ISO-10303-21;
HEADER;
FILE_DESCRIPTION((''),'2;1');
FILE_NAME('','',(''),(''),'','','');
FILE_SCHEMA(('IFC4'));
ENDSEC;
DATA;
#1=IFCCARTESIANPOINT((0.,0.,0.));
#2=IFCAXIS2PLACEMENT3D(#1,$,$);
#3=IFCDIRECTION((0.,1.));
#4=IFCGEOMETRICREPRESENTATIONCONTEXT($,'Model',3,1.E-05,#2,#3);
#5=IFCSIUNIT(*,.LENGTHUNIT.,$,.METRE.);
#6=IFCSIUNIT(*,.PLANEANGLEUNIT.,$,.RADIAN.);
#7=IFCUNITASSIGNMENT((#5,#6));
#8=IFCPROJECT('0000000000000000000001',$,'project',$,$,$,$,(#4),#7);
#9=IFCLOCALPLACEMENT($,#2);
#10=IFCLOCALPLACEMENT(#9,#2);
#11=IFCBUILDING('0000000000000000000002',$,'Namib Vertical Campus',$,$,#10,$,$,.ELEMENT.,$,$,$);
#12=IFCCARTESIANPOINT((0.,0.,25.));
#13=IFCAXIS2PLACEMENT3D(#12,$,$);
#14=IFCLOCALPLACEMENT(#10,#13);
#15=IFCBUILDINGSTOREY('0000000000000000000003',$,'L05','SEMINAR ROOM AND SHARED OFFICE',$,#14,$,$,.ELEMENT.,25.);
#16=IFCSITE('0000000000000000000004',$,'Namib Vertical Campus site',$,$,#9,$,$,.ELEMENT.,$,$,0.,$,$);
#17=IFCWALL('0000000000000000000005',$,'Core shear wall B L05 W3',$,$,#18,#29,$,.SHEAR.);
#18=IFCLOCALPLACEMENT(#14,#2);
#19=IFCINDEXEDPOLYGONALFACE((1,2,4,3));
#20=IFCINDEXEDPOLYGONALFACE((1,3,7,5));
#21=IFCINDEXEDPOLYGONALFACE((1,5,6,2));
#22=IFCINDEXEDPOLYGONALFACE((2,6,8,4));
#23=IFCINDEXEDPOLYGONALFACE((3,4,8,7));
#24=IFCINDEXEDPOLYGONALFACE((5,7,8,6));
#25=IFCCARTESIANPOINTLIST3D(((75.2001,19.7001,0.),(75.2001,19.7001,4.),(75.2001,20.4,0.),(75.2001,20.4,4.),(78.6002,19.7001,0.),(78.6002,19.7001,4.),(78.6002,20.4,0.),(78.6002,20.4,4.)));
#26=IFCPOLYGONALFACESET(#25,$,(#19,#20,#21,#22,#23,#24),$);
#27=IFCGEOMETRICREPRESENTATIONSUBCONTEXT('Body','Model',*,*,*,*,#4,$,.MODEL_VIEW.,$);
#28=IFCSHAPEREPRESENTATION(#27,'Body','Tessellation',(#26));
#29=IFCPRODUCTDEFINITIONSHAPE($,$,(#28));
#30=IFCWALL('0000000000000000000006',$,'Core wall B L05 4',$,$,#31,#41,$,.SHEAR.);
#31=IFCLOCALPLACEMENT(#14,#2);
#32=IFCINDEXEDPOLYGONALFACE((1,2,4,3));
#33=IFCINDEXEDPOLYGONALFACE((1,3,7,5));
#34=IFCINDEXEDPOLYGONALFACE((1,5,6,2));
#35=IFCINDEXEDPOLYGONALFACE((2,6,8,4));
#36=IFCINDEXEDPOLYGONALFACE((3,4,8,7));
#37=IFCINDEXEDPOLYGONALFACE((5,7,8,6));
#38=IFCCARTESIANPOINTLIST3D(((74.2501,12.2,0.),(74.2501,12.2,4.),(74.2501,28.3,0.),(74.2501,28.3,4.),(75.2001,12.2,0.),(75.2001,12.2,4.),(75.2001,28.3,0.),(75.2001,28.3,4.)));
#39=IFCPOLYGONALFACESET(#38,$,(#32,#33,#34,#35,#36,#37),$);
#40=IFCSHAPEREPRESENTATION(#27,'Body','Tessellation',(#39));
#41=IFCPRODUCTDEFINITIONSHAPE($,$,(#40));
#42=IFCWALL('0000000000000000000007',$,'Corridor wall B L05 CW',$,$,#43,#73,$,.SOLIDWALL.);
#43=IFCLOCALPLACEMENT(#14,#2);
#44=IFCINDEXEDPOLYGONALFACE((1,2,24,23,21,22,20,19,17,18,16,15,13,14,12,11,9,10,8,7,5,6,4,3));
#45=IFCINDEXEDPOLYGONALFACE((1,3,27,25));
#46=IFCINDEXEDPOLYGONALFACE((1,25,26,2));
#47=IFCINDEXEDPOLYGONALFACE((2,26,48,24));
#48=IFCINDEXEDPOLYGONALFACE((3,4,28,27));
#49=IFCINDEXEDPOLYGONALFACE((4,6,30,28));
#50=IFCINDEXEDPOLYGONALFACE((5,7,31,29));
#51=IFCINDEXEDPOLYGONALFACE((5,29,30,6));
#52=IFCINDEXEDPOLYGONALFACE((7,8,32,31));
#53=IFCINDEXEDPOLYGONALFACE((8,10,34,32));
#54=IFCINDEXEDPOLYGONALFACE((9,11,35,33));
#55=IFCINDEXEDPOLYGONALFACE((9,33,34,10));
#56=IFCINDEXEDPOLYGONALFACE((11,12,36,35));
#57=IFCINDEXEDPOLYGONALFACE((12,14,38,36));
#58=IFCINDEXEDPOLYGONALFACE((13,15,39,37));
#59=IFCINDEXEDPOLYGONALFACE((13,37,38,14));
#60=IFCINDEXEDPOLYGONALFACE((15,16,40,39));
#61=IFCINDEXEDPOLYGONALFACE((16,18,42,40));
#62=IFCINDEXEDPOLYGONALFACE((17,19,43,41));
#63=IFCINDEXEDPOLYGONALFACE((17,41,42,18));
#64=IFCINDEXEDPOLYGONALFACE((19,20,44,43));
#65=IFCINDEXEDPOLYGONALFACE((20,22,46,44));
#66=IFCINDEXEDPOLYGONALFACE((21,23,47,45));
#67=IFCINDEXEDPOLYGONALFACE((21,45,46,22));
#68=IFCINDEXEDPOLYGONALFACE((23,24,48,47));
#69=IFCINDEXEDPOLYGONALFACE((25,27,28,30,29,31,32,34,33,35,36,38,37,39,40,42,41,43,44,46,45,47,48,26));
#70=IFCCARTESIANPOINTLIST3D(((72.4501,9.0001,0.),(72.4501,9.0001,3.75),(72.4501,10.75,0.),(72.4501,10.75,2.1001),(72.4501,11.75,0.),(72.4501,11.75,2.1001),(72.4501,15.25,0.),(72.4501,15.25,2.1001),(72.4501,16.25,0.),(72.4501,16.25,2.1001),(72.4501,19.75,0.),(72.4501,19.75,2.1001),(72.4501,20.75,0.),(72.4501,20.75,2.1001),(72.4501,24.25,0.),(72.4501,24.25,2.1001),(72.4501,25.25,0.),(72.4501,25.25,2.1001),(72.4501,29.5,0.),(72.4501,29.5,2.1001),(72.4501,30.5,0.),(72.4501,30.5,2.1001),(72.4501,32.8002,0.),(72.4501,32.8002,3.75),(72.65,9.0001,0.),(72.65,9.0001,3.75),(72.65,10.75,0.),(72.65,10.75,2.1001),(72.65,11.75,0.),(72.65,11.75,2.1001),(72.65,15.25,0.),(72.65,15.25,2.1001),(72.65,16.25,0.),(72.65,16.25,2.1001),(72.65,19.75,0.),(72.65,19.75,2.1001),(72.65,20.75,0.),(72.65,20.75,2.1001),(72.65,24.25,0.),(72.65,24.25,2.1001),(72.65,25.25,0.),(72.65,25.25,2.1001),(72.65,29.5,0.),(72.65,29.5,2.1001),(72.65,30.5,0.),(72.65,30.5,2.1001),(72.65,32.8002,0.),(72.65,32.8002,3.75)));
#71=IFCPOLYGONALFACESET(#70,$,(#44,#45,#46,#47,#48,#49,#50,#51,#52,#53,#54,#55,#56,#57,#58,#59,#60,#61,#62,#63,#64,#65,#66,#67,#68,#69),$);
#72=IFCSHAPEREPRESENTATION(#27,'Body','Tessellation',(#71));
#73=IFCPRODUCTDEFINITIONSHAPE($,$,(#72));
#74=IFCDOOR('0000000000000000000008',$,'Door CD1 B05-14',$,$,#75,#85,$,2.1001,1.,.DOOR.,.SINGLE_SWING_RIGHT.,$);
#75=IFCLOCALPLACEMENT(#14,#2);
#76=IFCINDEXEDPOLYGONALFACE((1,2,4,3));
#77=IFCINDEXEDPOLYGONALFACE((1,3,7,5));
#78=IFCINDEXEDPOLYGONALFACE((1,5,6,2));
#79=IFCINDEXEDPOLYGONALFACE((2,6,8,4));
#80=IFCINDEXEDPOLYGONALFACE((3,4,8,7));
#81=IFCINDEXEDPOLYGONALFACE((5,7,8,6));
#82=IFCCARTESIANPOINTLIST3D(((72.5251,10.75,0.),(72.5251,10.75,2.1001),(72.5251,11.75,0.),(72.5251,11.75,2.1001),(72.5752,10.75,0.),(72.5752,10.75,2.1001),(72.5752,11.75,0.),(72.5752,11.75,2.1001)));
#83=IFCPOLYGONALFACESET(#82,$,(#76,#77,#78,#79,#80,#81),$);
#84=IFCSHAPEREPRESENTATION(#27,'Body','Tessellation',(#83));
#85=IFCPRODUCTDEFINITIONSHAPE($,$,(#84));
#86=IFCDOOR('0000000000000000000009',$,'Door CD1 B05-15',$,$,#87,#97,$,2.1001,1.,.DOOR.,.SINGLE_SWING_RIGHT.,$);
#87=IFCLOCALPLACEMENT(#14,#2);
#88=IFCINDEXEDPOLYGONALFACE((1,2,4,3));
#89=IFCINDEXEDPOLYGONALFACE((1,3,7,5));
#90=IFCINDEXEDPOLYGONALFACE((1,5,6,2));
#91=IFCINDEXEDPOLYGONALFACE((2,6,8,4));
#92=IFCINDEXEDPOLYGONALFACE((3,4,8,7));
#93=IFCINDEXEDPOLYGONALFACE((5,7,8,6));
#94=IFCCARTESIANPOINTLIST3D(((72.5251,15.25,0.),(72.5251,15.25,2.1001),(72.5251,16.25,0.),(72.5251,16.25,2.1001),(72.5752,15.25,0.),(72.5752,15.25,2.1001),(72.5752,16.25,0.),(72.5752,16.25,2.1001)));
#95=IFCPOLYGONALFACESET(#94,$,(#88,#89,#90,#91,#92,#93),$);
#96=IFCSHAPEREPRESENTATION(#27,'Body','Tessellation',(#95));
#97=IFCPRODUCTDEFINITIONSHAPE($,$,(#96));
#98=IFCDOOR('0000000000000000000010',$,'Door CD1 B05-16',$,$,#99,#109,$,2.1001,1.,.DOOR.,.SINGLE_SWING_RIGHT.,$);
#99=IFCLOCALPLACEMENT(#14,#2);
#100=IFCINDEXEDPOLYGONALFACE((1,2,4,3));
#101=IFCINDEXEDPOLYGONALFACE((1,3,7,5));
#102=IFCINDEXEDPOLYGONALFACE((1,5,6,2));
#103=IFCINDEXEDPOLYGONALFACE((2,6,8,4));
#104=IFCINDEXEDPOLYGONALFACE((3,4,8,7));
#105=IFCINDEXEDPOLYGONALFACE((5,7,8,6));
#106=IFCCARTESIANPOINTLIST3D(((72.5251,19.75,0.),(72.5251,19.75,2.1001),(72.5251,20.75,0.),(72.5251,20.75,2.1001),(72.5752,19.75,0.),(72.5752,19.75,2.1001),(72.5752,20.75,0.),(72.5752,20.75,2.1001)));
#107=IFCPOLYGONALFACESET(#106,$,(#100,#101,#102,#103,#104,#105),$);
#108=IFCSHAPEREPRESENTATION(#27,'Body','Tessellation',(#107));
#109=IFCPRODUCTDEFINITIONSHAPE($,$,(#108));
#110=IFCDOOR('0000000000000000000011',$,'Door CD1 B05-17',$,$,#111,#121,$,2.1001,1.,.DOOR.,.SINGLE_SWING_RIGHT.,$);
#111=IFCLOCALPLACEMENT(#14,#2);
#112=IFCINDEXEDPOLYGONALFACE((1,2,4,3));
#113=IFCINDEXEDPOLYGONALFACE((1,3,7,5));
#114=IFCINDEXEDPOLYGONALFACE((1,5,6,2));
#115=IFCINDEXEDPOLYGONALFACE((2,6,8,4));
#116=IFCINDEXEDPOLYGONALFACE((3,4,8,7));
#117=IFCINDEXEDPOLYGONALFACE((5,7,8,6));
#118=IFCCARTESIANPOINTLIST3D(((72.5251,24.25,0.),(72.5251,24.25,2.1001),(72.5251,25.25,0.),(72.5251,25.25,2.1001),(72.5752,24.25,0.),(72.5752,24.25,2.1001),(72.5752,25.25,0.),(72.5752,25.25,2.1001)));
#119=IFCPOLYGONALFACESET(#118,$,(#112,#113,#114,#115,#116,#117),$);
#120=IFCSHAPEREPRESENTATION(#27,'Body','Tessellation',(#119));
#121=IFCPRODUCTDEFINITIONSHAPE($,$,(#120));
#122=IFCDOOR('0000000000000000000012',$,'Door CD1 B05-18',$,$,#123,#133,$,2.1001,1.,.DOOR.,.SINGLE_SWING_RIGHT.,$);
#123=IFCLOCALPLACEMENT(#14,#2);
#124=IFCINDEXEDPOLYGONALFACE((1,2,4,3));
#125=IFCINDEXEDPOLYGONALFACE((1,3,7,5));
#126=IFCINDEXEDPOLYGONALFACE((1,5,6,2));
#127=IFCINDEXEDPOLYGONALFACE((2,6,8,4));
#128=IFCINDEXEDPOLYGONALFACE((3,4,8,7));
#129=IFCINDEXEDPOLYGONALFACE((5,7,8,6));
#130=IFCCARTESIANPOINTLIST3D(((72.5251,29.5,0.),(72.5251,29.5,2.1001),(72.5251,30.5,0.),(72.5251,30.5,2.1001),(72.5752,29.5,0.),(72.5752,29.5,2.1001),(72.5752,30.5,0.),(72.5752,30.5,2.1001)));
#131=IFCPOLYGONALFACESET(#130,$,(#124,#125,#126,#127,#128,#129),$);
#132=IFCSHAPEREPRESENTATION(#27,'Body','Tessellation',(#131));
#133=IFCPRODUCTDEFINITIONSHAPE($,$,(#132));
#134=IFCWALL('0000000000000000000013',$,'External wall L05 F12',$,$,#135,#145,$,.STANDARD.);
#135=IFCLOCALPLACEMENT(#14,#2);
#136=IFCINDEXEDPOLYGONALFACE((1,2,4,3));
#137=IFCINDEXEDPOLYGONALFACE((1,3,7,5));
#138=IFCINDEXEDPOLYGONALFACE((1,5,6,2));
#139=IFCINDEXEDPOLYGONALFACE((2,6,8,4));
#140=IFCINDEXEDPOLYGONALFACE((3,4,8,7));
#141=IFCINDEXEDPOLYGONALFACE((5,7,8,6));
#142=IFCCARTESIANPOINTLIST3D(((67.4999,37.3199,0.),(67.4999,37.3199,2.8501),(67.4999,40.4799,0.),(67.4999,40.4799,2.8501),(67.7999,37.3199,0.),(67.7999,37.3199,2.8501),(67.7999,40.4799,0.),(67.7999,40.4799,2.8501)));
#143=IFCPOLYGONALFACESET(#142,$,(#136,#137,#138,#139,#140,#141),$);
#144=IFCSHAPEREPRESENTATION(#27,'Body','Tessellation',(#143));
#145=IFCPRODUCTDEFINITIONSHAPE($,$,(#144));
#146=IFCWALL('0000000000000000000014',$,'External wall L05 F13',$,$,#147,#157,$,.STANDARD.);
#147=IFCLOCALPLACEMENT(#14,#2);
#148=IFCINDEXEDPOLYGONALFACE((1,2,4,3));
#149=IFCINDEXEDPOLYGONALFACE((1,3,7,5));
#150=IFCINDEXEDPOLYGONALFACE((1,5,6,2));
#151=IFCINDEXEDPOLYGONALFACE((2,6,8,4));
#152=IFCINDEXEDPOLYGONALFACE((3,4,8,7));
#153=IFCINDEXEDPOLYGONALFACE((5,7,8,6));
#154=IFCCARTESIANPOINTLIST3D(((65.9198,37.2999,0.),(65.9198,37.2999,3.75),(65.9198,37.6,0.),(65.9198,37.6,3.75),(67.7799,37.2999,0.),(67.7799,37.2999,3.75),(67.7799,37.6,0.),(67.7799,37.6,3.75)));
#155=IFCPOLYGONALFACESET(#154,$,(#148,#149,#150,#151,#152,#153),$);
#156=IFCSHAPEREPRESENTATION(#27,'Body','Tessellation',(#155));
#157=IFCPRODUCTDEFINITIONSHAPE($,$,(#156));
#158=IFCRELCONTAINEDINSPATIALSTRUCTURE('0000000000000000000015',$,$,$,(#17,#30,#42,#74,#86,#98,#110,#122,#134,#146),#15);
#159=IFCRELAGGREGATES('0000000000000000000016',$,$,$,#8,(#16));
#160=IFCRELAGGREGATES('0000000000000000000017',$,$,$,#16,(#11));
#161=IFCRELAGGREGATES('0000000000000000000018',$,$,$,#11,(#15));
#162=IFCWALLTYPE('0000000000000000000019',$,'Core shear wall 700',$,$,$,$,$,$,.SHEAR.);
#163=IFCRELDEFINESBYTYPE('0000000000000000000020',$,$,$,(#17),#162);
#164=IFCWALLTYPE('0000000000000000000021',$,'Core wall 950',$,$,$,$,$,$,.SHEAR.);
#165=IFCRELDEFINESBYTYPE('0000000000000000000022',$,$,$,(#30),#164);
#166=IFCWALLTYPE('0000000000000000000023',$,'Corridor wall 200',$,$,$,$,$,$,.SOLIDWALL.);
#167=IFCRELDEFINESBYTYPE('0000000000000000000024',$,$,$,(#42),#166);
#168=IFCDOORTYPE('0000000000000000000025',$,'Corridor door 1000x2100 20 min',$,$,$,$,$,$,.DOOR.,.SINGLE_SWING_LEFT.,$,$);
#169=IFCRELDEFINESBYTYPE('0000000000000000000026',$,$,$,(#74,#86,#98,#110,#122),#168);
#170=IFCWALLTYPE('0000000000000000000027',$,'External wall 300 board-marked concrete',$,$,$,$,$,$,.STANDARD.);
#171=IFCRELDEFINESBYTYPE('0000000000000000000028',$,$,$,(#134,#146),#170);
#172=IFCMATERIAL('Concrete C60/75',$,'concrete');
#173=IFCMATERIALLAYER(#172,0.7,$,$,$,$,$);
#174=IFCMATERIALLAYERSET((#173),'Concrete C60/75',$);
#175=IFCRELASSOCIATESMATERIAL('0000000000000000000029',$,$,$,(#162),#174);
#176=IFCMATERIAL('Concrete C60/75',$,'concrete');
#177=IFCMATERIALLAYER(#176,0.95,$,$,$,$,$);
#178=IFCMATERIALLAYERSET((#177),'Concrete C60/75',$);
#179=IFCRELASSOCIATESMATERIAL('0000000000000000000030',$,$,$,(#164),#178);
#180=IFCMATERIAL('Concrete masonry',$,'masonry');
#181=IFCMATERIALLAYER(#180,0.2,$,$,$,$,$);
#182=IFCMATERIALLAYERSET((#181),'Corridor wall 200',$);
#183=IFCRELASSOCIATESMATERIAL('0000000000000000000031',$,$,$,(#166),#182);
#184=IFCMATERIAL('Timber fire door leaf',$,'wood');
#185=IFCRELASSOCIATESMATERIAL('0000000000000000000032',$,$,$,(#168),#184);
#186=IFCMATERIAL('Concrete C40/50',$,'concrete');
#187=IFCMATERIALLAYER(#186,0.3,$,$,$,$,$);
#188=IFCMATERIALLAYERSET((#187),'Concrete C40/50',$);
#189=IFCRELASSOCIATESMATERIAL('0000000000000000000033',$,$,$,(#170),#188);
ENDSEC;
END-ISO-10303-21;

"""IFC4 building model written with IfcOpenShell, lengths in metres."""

from ifc_helpers import new_model, si_unit, direction, frame, frame_2d, origin, place, context, subcontext, project, spatial, rectangle, extrude, material, layer, layer_set, type_object, element, fill, save


model = new_model("IFC4")

# Units and contexts
model_context = context("Model", 3, precision=1e-05, world=origin(), true_north=direction((0.0, 1.0)))
body_context = subcontext(model_context, "Body", "Model", "MODEL_VIEW")
ifc_project = project(units=[si_unit("LENGTHUNIT", "METRE"), si_unit("PLANEANGLEUNIT", "RADIAN")], contexts=[model_context])

# Site, building, storey
site_placement = place(None, origin())
site = spatial("IfcSite", under=ifc_project, at=site_placement, Name="Namib Vertical Campus site", CompositionType="ELEMENT", RefElevation=0.0)
building_placement = place(site_placement, origin())
building = spatial("IfcBuilding", under=site, at=building_placement, Name="Namib Vertical Campus", CompositionType="ELEMENT")
storey_placement = place(building_placement, frame((0.0, 0.0, 25.0)))
storey = spatial("IfcBuildingStorey", under=building, at=storey_placement, Name="L05", Description="SEMINAR ROOM AND SHARED OFFICE", CompositionType="ELEMENT", Elevation=25.0)

# Walls
ifc_material_1 = material(Name="Concrete C60/75", Category="concrete")
ifc_layer_1 = layer(ifc_material_1, 0.7)
ifc_layer_set_1 = layer_set([ifc_layer_1], Name="Concrete C60/75")
wall_type_1 = type_object("IfcWallType", Name="Core shear wall 700", PredefinedType="SHEAR", material=ifc_layer_set_1)
wall_1_placement = place(storey_placement, frame((75.2, 20.05, 0.0), z_axis=(0.0, 0.0, 1.0), x_axis=(1.0, 0.0, 0.0)))
element("IfcWall", 1, at=wall_1_placement, inside=storey, type_object=wall_type_1, Name="Core shear wall B L05 W3", PredefinedType="SHEAR", context=body_context, shape_type="SweptSolid", body=[
    extrude(rectangle(XDim=3.4001, YDim=0.7, at=frame_2d((1.7002, 0.0))), origin(), (0.0, 0.0, 1.0), 4.0),
])
ifc_material_2 = material(Name="Concrete C60/75", Category="concrete")
ifc_layer_2 = layer(ifc_material_2, 0.95)
ifc_layer_set_2 = layer_set([ifc_layer_2], Name="Concrete C60/75")
wall_type_2 = type_object("IfcWallType", Name="Core wall 950", PredefinedType="SHEAR", material=ifc_layer_set_2)
wall_2_placement = place(storey_placement, frame((74.7251, 28.3, 0.0), z_axis=(0.0, 0.0, 1.0), x_axis=(0.0, -1.0, 0.0)))
element("IfcWall", 2, at=wall_2_placement, inside=storey, type_object=wall_type_2, Name="Core wall B L05 4", PredefinedType="SHEAR", context=body_context, shape_type="SweptSolid", body=[
    extrude(rectangle(XDim=16.1001, YDim=0.95, at=frame_2d((8.05, 0.0))), origin(), (0.0, 0.0, 1.0), 4.0),
])

# Wall, openings, doors
ifc_material_3 = material(Name="Concrete masonry", Category="masonry")
ifc_layer_3 = layer(ifc_material_3, 0.2)
ifc_layer_set_3 = layer_set([ifc_layer_3], Name="Corridor wall 200")
wall_type_3 = type_object("IfcWallType", Name="Corridor wall 200", PredefinedType="SOLIDWALL", material=ifc_layer_set_3)
wall_3_placement = place(storey_placement, frame((72.55, 32.8, 0.0), z_axis=(0.0, 0.0, 1.0), x_axis=(0.0, -1.0, 0.0)))
wall_3 = element("IfcWall", 3, at=wall_3_placement, inside=storey, type_object=wall_type_3, Name="Corridor wall B L05 CW", PredefinedType="SOLIDWALL", context=body_context, shape_type="SweptSolid", body=[
    extrude(rectangle(XDim=23.8, YDim=0.2, at=frame_2d((11.8999, 0.0))), origin(), (0.0, 0.0, 1.0), 3.75),
])
opening_1_placement = place(wall_3_placement, frame((21.05, 0.0, 0.0)))
opening_1 = element("IfcOpeningElement", 4, at=opening_1_placement, cuts=wall_3, PredefinedType="OPENING", context=body_context, shape_type="SweptSolid", body=[
    extrude(rectangle(XDim=1.0, YDim=2.1001, at=frame_2d((0.5, 1.05))), frame((0.0, 0.1099, 0.0), z_axis=(0.0, -1.0, 0.0), x_axis=(1.0, 0.0, 0.0)), (0.0, 0.0, 1.0), 0.22),
])
opening_2_placement = place(wall_3_placement, frame((16.55, 0.0, 0.0)))
opening_2 = element("IfcOpeningElement", 5, at=opening_2_placement, cuts=wall_3, PredefinedType="OPENING", context=body_context, shape_type="SweptSolid", body=[
    extrude(rectangle(XDim=1.0, YDim=2.1001, at=frame_2d((0.5, 1.05))), frame((0.0, 0.1099, 0.0), z_axis=(0.0, -1.0, 0.0), x_axis=(1.0, 0.0, 0.0)), (0.0, 0.0, 1.0), 0.22),
])
opening_3_placement = place(wall_3_placement, frame((12.05, 0.0, 0.0)))
opening_3 = element("IfcOpeningElement", 6, at=opening_3_placement, cuts=wall_3, PredefinedType="OPENING", context=body_context, shape_type="SweptSolid", body=[
    extrude(rectangle(XDim=1.0, YDim=2.1001, at=frame_2d((0.5, 1.05))), frame((0.0, 0.1099, 0.0), z_axis=(0.0, -1.0, 0.0), x_axis=(1.0, 0.0, 0.0)), (0.0, 0.0, 1.0), 0.22),
])
opening_4_placement = place(wall_3_placement, frame((7.55, 0.0, 0.0)))
opening_4 = element("IfcOpeningElement", 7, at=opening_4_placement, cuts=wall_3, PredefinedType="OPENING", context=body_context, shape_type="SweptSolid", body=[
    extrude(rectangle(XDim=1.0, YDim=2.1001, at=frame_2d((0.5, 1.05))), frame((0.0, 0.1099, 0.0), z_axis=(0.0, -1.0, 0.0), x_axis=(1.0, 0.0, 0.0)), (0.0, 0.0, 1.0), 0.22),
])
opening_5_placement = place(wall_3_placement, frame((2.3, 0.0, 0.0)))
opening_5 = element("IfcOpeningElement", 8, at=opening_5_placement, cuts=wall_3, PredefinedType="OPENING", context=body_context, shape_type="SweptSolid", body=[
    extrude(rectangle(XDim=1.0, YDim=2.1001, at=frame_2d((0.5, 1.05))), frame((0.0, 0.1099, 0.0), z_axis=(0.0, -1.0, 0.0), x_axis=(1.0, 0.0, 0.0)), (0.0, 0.0, 1.0), 0.22),
])
ifc_material_4 = material(Name="Timber fire door leaf", Category="wood")
door_type_1 = type_object("IfcDoorType", Name="Corridor door 1000x2100 20 min", OperationType="SINGLE_SWING_LEFT", PredefinedType="DOOR", material=ifc_material_4)
door_1_placement = place(opening_1_placement, frame((1.0, 0.0, 0.0), z_axis=(0.0, 0.0, 1.0), x_axis=(-1.0, 0.0, 0.0)))
door_1 = element("IfcDoor", 9, at=door_1_placement, inside=storey, type_object=door_type_1, Name="Door CD1 B05-14", OperationType="SINGLE_SWING_RIGHT", OverallHeight=2.1001, OverallWidth=1.0, PredefinedType="DOOR", context=body_context, shape_type="SweptSolid", body=[
    extrude(rectangle(XDim=1.0, YDim=2.1001, at=frame_2d((0.5, 1.05))), frame((0.0, 0.0249, 0.0), z_axis=(0.0, -1.0, 0.0), x_axis=(1.0, 0.0, 0.0)), (0.0, 0.0, 1.0), 0.05),
])
fill(opening_1, door_1)
door_2_placement = place(opening_2_placement, frame((1.0, 0.0, 0.0), z_axis=(0.0, 0.0, 1.0), x_axis=(-1.0, 0.0, 0.0)))
door_2 = element("IfcDoor", 10, at=door_2_placement, inside=storey, type_object=door_type_1, Name="Door CD1 B05-15", OperationType="SINGLE_SWING_RIGHT", OverallHeight=2.1001, OverallWidth=1.0, PredefinedType="DOOR", context=body_context, shape_type="SweptSolid", body=[
    extrude(rectangle(XDim=1.0, YDim=2.1001, at=frame_2d((0.5, 1.05))), frame((0.0, 0.0249, 0.0), z_axis=(0.0, -1.0, 0.0), x_axis=(1.0, 0.0, 0.0)), (0.0, 0.0, 1.0), 0.05),
])
fill(opening_2, door_2)
door_3_placement = place(opening_3_placement, frame((1.0, 0.0, 0.0), z_axis=(0.0, 0.0, 1.0), x_axis=(-1.0, 0.0, 0.0)))
door_3 = element("IfcDoor", 11, at=door_3_placement, inside=storey, type_object=door_type_1, Name="Door CD1 B05-16", OperationType="SINGLE_SWING_RIGHT", OverallHeight=2.1001, OverallWidth=1.0, PredefinedType="DOOR", context=body_context, shape_type="SweptSolid", body=[
    extrude(rectangle(XDim=1.0, YDim=2.1001, at=frame_2d((0.5, 1.05))), frame((0.0, 0.0249, 0.0), z_axis=(0.0, -1.0, 0.0), x_axis=(1.0, 0.0, 0.0)), (0.0, 0.0, 1.0), 0.05),
])
fill(opening_3, door_3)
door_4_placement = place(opening_4_placement, frame((1.0, 0.0, 0.0), z_axis=(0.0, 0.0, 1.0), x_axis=(-1.0, 0.0, 0.0)))
door_4 = element("IfcDoor", 12, at=door_4_placement, inside=storey, type_object=door_type_1, Name="Door CD1 B05-17", OperationType="SINGLE_SWING_RIGHT", OverallHeight=2.1001, OverallWidth=1.0, PredefinedType="DOOR", context=body_context, shape_type="SweptSolid", body=[
    extrude(rectangle(XDim=1.0, YDim=2.1001, at=frame_2d((0.5, 1.05))), frame((0.0, 0.0249, 0.0), z_axis=(0.0, -1.0, 0.0), x_axis=(1.0, 0.0, 0.0)), (0.0, 0.0, 1.0), 0.05),
])
fill(opening_4, door_4)
door_5_placement = place(opening_5_placement, frame((1.0, 0.0, 0.0), z_axis=(0.0, 0.0, 1.0), x_axis=(-1.0, 0.0, 0.0)))
door_5 = element("IfcDoor", 13, at=door_5_placement, inside=storey, type_object=door_type_1, Name="Door CD1 B05-18", OperationType="SINGLE_SWING_RIGHT", OverallHeight=2.1001, OverallWidth=1.0, PredefinedType="DOOR", context=body_context, shape_type="SweptSolid", body=[
    extrude(rectangle(XDim=1.0, YDim=2.1001, at=frame_2d((0.5, 1.05))), frame((0.0, 0.0249, 0.0), z_axis=(0.0, -1.0, 0.0), x_axis=(1.0, 0.0, 0.0)), (0.0, 0.0, 1.0), 0.05),
])
fill(opening_5, door_5)

# Walls
ifc_material_5 = material(Name="Concrete C40/50", Category="concrete")
ifc_layer_4 = layer(ifc_material_5, 0.3)
ifc_layer_set_4 = layer_set([ifc_layer_4], Name="Concrete C40/50")
wall_type_4 = type_object("IfcWallType", Name="External wall 300 board-marked concrete", PredefinedType="STANDARD", material=ifc_layer_set_4)
wall_4_placement = place(storey_placement, frame((67.6499, 40.48, 0.0), z_axis=(0.0, 0.0, 1.0), x_axis=(0.0, -1.0, 0.0)))
element("IfcWall", 14, at=wall_4_placement, inside=storey, type_object=wall_type_4, Name="External wall L05 F12", PredefinedType="STANDARD", context=body_context, shape_type="SweptSolid", body=[
    extrude(rectangle(XDim=3.1599, YDim=0.3, at=frame_2d((1.5801, 0.0))), origin(), (0.0, 0.0, 1.0), 2.8501),
])
wall_5_placement = place(storey_placement, frame((67.78, 37.45, 0.0), z_axis=(0.0, 0.0, 1.0), x_axis=(-1.0, 0.0, 0.0)))
element("IfcWall", 15, at=wall_5_placement, inside=storey, type_object=wall_type_4, Name="External wall L05 F13", PredefinedType="STANDARD", context=body_context, shape_type="SweptSolid", body=[
    extrude(rectangle(XDim=1.8601, YDim=0.3, at=frame_2d((0.9302, 0.0))), origin(), (0.0, 0.0, 1.0), 3.75),
])

save(model, "model.ifc")
